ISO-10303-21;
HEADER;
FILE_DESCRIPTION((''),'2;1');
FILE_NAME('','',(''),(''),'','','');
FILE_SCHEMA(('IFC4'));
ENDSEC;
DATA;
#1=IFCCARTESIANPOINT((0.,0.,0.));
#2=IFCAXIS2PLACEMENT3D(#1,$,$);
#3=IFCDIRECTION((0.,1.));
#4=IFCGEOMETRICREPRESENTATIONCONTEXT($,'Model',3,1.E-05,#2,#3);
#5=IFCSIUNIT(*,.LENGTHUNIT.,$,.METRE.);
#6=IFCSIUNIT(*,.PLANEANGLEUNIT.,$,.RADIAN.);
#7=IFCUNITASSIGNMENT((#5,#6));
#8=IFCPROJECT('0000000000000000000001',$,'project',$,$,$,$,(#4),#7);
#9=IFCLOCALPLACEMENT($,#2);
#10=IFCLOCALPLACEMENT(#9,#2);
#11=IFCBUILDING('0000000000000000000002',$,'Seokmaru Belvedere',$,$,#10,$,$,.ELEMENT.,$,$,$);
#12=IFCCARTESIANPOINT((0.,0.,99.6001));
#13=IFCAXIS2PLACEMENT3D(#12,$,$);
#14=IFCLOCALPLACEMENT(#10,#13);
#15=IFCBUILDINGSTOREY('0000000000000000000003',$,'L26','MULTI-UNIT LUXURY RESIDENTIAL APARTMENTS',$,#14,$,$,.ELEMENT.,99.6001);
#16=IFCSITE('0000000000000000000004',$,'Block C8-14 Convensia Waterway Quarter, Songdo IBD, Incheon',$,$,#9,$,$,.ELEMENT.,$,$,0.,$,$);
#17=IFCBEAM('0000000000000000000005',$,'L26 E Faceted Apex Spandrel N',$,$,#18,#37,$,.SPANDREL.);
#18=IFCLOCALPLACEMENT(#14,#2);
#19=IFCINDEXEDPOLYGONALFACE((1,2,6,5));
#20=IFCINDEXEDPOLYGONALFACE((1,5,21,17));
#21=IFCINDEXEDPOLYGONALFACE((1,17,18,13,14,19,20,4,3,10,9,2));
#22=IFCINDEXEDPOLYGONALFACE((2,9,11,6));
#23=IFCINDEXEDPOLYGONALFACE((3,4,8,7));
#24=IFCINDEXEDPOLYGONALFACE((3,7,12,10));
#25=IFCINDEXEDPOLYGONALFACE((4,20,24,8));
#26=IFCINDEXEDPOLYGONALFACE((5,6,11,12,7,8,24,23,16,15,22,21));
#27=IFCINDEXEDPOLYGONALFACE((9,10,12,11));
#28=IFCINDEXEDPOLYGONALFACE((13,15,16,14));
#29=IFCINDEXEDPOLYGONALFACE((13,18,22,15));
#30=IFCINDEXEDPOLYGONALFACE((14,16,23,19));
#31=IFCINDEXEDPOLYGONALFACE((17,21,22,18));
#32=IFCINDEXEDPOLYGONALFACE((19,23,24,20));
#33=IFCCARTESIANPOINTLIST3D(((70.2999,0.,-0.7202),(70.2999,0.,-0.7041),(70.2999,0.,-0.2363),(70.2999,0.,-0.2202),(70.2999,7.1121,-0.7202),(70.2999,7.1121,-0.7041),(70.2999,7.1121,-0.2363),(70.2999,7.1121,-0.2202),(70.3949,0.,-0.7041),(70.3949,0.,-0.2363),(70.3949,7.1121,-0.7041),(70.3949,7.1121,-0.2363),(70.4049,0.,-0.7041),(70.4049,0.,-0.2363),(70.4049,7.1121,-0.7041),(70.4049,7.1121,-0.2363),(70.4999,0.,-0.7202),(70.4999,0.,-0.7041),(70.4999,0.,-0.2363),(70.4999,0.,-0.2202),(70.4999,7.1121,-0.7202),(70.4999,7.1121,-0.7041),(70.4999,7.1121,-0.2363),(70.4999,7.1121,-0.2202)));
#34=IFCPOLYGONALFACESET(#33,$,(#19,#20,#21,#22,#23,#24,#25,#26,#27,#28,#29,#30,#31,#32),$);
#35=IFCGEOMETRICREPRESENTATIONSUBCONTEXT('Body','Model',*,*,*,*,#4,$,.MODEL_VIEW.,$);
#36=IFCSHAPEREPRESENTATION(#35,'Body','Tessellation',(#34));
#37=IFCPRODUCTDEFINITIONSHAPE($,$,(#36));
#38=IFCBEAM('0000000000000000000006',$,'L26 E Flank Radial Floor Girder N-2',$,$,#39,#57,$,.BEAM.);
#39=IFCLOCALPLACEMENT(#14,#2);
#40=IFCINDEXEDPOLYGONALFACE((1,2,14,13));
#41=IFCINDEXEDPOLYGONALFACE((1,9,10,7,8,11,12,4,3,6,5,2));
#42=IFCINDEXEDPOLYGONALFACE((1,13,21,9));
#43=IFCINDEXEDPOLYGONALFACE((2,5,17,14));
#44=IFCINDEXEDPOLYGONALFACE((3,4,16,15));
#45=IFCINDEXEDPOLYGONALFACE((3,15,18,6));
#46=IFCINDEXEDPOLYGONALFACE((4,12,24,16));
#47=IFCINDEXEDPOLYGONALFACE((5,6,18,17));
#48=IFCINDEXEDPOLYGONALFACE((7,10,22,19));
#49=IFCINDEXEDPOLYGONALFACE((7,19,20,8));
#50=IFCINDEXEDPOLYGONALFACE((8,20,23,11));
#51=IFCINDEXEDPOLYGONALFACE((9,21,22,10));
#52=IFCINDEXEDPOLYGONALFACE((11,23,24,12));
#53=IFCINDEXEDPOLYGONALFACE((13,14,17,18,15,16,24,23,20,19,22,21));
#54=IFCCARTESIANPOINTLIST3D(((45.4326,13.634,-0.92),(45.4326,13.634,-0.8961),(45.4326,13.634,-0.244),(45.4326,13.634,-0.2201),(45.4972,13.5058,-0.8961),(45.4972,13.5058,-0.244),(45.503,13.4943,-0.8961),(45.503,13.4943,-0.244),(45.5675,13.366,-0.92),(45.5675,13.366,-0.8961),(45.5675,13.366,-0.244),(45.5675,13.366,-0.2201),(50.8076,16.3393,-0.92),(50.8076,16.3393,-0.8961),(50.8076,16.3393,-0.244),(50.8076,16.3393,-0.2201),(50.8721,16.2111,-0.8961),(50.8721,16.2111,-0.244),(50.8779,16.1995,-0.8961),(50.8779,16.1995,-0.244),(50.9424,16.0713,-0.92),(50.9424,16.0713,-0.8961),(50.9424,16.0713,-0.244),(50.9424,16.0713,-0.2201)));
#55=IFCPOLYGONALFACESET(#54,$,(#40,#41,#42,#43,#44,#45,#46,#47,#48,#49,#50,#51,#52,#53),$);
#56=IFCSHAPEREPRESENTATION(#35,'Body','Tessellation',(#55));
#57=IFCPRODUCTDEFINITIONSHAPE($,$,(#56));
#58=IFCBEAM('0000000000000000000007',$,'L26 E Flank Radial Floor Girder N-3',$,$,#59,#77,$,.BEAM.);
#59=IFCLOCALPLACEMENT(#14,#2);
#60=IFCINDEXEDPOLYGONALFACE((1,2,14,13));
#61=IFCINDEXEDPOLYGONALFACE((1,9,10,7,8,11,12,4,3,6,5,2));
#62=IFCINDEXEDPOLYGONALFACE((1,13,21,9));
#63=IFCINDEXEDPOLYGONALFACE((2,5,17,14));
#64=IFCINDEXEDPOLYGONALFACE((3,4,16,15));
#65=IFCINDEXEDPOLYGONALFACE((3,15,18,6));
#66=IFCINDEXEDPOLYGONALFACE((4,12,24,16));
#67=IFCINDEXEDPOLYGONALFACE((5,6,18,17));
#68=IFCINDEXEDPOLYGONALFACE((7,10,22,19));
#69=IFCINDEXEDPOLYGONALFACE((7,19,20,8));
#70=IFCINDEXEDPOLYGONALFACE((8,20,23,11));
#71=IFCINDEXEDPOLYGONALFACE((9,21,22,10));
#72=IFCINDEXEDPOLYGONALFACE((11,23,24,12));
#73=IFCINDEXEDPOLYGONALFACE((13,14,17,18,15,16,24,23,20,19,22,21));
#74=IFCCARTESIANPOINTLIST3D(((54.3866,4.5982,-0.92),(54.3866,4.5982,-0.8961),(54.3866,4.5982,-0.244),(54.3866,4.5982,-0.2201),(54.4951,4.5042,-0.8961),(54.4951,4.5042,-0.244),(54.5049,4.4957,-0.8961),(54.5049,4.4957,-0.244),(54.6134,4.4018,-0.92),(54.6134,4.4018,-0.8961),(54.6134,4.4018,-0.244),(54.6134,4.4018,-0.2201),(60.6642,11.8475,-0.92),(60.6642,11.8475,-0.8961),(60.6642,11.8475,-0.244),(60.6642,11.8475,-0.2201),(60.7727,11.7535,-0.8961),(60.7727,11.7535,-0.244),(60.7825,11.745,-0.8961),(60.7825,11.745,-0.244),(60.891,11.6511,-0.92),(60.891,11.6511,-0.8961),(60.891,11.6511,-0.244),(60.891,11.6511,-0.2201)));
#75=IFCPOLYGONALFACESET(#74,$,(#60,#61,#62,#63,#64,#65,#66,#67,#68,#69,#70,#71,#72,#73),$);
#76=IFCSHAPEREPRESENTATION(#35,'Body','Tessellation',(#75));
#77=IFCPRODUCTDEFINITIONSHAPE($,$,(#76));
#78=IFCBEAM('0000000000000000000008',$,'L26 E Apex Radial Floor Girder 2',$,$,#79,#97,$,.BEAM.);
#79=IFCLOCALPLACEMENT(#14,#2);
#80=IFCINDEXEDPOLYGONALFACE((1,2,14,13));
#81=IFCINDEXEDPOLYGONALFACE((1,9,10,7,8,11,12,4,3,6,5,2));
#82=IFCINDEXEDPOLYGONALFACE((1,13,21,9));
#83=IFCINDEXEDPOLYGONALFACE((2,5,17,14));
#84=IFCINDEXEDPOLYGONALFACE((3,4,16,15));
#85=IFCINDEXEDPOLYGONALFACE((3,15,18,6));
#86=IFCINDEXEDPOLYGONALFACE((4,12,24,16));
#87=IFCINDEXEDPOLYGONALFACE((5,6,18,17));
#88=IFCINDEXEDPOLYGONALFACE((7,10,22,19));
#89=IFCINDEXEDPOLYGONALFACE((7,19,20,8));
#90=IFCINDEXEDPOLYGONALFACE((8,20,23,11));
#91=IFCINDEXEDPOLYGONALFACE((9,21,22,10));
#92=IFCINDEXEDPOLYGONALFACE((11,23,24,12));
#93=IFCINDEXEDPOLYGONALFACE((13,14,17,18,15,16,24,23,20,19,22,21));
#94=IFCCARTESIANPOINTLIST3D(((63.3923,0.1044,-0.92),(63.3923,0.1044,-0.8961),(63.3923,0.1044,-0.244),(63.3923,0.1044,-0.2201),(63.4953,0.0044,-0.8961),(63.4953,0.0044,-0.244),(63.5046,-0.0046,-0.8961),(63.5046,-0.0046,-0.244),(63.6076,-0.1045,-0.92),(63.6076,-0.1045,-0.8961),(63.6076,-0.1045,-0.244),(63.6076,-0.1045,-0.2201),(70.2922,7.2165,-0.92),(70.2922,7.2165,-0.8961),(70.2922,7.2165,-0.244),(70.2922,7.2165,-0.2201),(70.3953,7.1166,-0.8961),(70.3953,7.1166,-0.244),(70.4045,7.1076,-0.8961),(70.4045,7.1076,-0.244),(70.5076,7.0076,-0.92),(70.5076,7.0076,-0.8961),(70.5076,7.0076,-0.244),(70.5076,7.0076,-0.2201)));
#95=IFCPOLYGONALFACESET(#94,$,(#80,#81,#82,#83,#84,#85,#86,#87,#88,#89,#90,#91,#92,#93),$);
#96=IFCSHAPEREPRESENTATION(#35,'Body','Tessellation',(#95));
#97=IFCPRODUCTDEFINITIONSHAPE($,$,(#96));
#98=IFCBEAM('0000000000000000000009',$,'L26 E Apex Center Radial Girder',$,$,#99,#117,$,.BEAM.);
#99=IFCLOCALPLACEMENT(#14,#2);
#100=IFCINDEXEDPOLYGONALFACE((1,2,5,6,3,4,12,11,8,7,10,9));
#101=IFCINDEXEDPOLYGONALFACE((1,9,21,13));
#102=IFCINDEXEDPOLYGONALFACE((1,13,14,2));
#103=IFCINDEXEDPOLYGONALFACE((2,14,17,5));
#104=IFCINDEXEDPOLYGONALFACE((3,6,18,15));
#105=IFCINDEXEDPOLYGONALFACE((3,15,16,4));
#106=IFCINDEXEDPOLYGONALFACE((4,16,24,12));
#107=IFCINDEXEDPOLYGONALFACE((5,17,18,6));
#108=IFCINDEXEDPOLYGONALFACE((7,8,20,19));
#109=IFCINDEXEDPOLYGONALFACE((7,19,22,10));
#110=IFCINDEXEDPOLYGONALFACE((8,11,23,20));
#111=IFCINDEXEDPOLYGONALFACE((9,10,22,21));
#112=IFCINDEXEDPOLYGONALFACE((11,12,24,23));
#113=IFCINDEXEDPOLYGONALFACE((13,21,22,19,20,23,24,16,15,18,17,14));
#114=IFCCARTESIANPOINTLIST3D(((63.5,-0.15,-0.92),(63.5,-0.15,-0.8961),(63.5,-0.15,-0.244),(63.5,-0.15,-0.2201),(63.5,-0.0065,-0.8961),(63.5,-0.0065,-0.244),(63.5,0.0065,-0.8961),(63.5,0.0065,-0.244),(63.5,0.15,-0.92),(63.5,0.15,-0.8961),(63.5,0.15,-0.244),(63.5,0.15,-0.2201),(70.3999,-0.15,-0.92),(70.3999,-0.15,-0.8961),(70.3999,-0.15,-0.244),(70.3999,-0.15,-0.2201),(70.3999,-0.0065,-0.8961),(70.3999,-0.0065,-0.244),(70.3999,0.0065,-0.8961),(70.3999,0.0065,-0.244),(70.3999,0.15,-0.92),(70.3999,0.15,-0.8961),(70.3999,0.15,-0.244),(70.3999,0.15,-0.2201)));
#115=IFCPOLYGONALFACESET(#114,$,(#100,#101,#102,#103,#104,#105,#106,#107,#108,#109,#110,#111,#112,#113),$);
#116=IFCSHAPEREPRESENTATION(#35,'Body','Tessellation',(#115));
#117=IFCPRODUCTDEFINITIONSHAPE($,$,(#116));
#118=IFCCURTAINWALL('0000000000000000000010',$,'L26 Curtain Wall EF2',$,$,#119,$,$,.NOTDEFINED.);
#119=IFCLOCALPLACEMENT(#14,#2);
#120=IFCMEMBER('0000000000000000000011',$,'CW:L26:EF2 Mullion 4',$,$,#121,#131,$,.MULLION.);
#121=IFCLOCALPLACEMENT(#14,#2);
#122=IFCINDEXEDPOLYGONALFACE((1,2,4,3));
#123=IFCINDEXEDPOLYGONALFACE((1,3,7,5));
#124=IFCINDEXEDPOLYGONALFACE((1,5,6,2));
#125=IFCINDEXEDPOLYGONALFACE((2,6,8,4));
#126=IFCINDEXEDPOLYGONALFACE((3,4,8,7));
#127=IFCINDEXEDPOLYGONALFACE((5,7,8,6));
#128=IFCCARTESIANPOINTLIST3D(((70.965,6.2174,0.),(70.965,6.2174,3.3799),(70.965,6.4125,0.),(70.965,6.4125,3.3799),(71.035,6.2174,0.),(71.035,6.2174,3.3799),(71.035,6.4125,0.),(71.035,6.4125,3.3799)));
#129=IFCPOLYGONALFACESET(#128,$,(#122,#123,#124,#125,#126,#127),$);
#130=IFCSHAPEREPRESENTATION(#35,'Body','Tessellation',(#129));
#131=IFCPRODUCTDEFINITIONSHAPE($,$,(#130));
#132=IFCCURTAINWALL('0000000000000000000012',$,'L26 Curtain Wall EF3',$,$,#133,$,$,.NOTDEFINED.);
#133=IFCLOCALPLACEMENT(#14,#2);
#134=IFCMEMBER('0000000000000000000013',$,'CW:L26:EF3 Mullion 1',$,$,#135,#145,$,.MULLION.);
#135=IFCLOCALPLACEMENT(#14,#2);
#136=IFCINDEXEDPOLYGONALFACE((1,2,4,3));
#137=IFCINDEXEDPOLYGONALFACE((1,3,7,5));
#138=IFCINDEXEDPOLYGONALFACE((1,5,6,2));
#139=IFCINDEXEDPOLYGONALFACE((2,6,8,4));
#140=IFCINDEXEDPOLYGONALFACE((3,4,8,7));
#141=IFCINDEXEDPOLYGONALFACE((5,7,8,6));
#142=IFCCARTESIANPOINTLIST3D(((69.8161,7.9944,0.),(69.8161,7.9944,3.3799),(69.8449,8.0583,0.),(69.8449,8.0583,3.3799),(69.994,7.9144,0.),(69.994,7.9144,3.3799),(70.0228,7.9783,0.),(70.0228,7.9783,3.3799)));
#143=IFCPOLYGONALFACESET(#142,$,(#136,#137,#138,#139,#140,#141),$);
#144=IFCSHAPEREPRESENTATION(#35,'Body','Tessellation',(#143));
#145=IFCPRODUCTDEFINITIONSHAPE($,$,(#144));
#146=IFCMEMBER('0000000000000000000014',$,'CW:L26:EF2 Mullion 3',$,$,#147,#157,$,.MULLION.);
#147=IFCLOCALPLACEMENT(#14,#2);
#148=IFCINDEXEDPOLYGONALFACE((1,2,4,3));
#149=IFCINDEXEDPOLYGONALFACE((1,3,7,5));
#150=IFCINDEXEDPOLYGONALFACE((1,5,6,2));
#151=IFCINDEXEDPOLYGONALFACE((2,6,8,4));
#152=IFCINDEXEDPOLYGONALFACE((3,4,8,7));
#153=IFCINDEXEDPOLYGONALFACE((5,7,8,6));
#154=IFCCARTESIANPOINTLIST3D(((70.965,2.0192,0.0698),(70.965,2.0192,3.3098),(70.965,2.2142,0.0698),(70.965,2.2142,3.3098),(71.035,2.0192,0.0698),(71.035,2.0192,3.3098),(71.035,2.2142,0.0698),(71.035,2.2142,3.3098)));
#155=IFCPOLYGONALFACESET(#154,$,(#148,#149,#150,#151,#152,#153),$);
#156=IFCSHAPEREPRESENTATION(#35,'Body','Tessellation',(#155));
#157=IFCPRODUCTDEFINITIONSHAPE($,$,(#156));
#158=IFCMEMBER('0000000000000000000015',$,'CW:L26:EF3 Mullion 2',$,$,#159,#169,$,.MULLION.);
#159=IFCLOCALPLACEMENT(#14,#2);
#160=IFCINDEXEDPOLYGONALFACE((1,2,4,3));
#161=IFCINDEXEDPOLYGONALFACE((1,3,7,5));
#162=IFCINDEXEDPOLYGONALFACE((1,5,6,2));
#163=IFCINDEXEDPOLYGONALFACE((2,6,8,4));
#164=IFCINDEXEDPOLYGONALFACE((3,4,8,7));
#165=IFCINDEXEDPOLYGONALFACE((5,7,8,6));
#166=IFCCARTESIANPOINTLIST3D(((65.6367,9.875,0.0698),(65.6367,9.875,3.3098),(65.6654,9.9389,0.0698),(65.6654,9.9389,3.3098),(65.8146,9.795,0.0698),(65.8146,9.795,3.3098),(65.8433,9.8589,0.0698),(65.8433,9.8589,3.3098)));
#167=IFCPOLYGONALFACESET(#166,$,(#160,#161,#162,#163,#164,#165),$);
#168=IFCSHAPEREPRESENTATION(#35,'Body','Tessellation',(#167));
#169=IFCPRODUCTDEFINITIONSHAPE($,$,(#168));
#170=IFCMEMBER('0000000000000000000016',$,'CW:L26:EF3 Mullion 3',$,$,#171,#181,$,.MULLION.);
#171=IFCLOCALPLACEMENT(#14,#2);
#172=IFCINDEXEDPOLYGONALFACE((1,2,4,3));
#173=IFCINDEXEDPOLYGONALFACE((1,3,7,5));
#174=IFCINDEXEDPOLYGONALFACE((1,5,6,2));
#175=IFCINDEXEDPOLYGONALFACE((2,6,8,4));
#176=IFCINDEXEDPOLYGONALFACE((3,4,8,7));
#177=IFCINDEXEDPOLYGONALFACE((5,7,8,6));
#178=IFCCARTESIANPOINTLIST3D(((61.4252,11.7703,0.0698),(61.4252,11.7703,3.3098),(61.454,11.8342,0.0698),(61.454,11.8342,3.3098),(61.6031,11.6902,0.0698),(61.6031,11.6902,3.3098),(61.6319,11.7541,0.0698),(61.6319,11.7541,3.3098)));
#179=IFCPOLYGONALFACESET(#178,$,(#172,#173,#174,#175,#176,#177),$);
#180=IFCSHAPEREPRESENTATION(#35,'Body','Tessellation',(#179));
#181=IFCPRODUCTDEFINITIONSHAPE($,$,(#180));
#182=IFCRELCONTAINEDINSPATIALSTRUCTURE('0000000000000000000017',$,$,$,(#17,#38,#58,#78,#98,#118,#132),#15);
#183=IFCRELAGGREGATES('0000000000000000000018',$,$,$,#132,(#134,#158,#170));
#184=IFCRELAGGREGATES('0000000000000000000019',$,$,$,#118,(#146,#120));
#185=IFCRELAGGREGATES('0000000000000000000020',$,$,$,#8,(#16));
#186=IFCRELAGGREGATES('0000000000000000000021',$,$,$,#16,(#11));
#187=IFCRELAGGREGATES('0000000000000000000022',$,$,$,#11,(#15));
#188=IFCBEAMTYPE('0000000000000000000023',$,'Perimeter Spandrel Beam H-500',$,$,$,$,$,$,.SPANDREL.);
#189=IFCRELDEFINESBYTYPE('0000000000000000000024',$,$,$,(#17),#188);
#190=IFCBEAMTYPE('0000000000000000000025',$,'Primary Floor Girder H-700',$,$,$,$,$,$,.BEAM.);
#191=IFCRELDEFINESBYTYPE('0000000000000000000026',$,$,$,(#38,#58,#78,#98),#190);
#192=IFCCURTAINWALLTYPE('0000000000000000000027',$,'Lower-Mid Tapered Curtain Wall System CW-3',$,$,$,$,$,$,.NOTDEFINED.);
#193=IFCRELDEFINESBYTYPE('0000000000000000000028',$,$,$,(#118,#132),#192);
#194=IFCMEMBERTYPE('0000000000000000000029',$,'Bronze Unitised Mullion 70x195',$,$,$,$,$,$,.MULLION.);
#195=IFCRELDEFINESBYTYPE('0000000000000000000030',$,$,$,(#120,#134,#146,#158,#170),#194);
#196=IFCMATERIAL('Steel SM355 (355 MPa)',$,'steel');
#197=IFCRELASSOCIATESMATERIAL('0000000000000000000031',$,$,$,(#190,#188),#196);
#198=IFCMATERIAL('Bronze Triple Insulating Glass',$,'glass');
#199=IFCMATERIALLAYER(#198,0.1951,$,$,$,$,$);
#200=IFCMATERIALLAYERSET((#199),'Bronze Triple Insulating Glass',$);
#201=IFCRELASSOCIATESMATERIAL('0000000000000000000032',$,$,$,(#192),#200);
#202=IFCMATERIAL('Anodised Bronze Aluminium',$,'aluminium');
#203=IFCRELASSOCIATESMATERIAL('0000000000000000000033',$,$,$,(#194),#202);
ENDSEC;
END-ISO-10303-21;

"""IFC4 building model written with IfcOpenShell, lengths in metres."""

from ifc_helpers import new_model, si_unit, direction, frame, origin, origin_2d, place, context, subcontext, project, spatial, rectangle, i_section, extrude, source, transform, mapped, material, layer, layer_set, material_profile, profile_set, type_object, type_shapes, element, aggregate, save


model = new_model("IFC4")

# Units and contexts
model_context = context("Model", 3, precision=1e-05, world=origin(), true_north=direction((0.0, 1.0)))
body_context = subcontext(model_context, "Body", "Model", "MODEL_VIEW")
ifc_project = project(units=[si_unit("LENGTHUNIT", "METRE"), si_unit("PLANEANGLEUNIT", "RADIAN")], contexts=[model_context])

# Site, building, storey
site_placement = place(None, origin())
site = spatial("IfcSite", under=ifc_project, at=site_placement, Name="Block C8-14 Convensia Waterway Quarter, Songdo IBD, Incheon", CompositionType="ELEMENT", RefElevation=0.0)
building_placement = place(site_placement, origin())
building = spatial("IfcBuilding", under=site, at=building_placement, Name="Seokmaru Belvedere", CompositionType="ELEMENT")
storey_placement = place(building_placement, frame((0.0, 0.0, 99.6001)))
storey = spatial("IfcBuildingStorey", under=building, at=storey_placement, Name="L26", Description="MULTI-UNIT LUXURY RESIDENTIAL APARTMENTS", CompositionType="ELEMENT", Elevation=99.6001)

# Shared definitions
ifc_material_1 = material(Name="Steel SM355 (355 MPa)", Category="steel")

# Beams
ifc_material_profile_1 = material_profile(ifc_material_1, i_section(OverallWidth=0.3, OverallDepth=0.7, WebThickness=0.0129, FlangeThickness=0.0239, at=origin_2d()), Name="H-700x300x13x24")
ifc_profile_set_1 = profile_set([ifc_material_profile_1], Name="Steel SM355 (355 MPa)")
beam_type_1 = type_object("IfcBeamType", Name="Primary Floor Girder H-700", PredefinedType="BEAM", material=ifc_profile_set_1)
ifc_material_profile_2 = material_profile(ifc_material_1, i_section(OverallWidth=0.2, OverallDepth=0.5, WebThickness=0.01, FlangeThickness=0.0161, at=origin_2d()), Name="H-500x200x10x16")
ifc_profile_set_2 = profile_set([ifc_material_profile_2], Name="Steel SM355 (355 MPa)")
beam_type_2 = type_object("IfcBeamType", Name="Perimeter Spandrel Beam H-500", PredefinedType="SPANDREL", material=ifc_profile_set_2)
shared_shape_1 = source(origin(), body_context, "Body", "SweptSolid", [
    extrude(i_section(OverallWidth=0.2, OverallDepth=0.5, WebThickness=0.01, FlangeThickness=0.0161, at=origin_2d()), origin(), (0.0, 0.0, 1.0), 7.1121),
])
beam_1_placement = place(storey_placement, frame((70.3999, 0.0, -0.4702), z_axis=(0.0, 1.0, 0.0), x_axis=(-1.0, 0.0, 0.0)))
element("IfcBeam", 1, at=beam_1_placement, inside=storey, type_object=beam_type_2, Name="L26 E Faceted Apex Spandrel N", PredefinedType="SPANDREL", context=body_context, shape_type="MappedRepresentation", body=[
    mapped(shared_shape_1, transform((0.0, 0.0, 0.0), scale=1.0)),
])
shared_shape_2 = source(origin(), body_context, "Body", "SweptSolid", [
    extrude(i_section(OverallWidth=0.3, OverallDepth=0.7, WebThickness=0.0129, FlangeThickness=0.0239, at=origin_2d()), origin(), (0.0, 0.0, 1.0), 6.0173),
])
beam_2_placement = place(storey_placement, frame((50.875, 16.2053, -0.5701), z_axis=(-0.893239, -0.449581, 0.0), x_axis=(0.449581, -0.893239, 0.0)))
element("IfcBeam", 2, at=beam_2_placement, inside=storey, type_object=beam_type_1, Name="L26 E Flank Radial Floor Girder N-2", PredefinedType="BEAM", context=body_context, shape_type="MappedRepresentation", body=[
    mapped(shared_shape_2, transform((0.0, 0.0, 0.0), scale=1.0)),
])
shared_shape_3 = source(origin(), body_context, "Body", "SweptSolid", [
    extrude(i_section(OverallWidth=0.3, OverallDepth=0.7, WebThickness=0.0129, FlangeThickness=0.0239, at=origin_2d()), origin(), (0.0, 0.0, 1.0), 9.5896),
])
beam_3_placement = place(storey_placement, frame((60.7776, 11.7493, -0.5701), z_axis=(-0.654626, -0.755953, 0.0), x_axis=(0.755953, -0.654626, 0.0)))
element("IfcBeam", 3, at=beam_3_placement, inside=storey, type_object=beam_type_1, Name="L26 E Flank Radial Floor Girder N-3", PredefinedType="BEAM", context=body_context, shape_type="MappedRepresentation", body=[
    mapped(shared_shape_3, transform((0.0, 0.0, 0.0), scale=1.0)),
])
shared_shape_4 = source(origin(), body_context, "Body", "SweptSolid", [
    extrude(i_section(OverallWidth=0.3, OverallDepth=0.7, WebThickness=0.0129, FlangeThickness=0.0239, at=origin_2d()), origin(), (0.0, 0.0, 1.0), 9.9092),
])
beam_4_placement = place(storey_placement, frame((70.3999, 7.1121, -0.5701), z_axis=(-0.696321, -0.717731, 0.0), x_axis=(0.717731, -0.696321, 0.0)))
element("IfcBeam", 4, at=beam_4_placement, inside=storey, type_object=beam_type_1, Name="L26 E Apex Radial Floor Girder 2", PredefinedType="BEAM", context=body_context, shape_type="MappedRepresentation", body=[
    mapped(shared_shape_4, transform((0.0, 0.0, 0.0), scale=1.0)),
])
shared_shape_5 = source(origin(), body_context, "Body", "SweptSolid", [
    extrude(i_section(OverallWidth=0.3, OverallDepth=0.7, WebThickness=0.0129, FlangeThickness=0.0239, at=origin_2d()), origin(), (0.0, 0.0, 1.0), 6.8999),
])
beam_5_placement = place(storey_placement, frame((70.3999, 0.0, -0.5701), z_axis=(-1.0, 0.0, 0.0), x_axis=(0.0, -1.0, 0.0)))
element("IfcBeam", 5, at=beam_5_placement, inside=storey, type_object=beam_type_1, Name="L26 E Apex Center Radial Girder", PredefinedType="BEAM", context=body_context, shape_type="MappedRepresentation", body=[
    mapped(shared_shape_5, transform((0.0, 0.0, 0.0), scale=1.0)),
])

# Curtain walls, members
ifc_material_2 = material(Name="Bronze Triple Insulating Glass", Category="glass")
ifc_layer_1 = layer(ifc_material_2, 0.1951)
ifc_layer_set_1 = layer_set([ifc_layer_1], Name="Bronze Triple Insulating Glass")
curtain_wall_type = type_object("IfcCurtainWallType", Name="Lower-Mid Tapered Curtain Wall System CW-3", PredefinedType="NOTDEFINED", material=ifc_layer_set_1)
curtain_wall_1_placement = place(storey_placement, origin())
curtain_wall_1 = element("IfcCurtainWall", 6, at=curtain_wall_1_placement, inside=storey, type_object=curtain_wall_type, Name="L26 Curtain Wall EF2", PredefinedType="NOTDEFINED")
ifc_material_3 = material(Name="Anodised Bronze Aluminium", Category="aluminium")
ifc_material_profile_3 = material_profile(ifc_material_3, rectangle(XDim=0.0701, YDim=0.1951, at=origin_2d()), Name="CW-M-70x195")
ifc_profile_set_3 = profile_set([ifc_material_profile_3], Name="Anodised Bronze Aluminium")
member_type_1 = type_object("IfcMemberType", Name="Bronze Unitised Mullion 70x195", PredefinedType="MULLION", material=ifc_profile_set_3)
shared_shape_6 = source(origin(), body_context, "Body", "SweptSolid", [
    extrude(rectangle(XDim=0.0701, YDim=0.1951, at=origin_2d()), origin(), (0.0, 0.0, 1.0), 3.3799),
])
member_1_placement = place(storey_placement, frame((71.0, 6.3149, 0.0), z_axis=(0.0, 0.0, 1.0), x_axis=(-1.0, 0.0, 0.0)))
member_1 = element("IfcMember", 7, at=member_1_placement, type_object=member_type_1, Name="CW:L26:EF2 Mullion 4", PredefinedType="MULLION", context=body_context, shape_type="MappedRepresentation", body=[
    mapped(shared_shape_6, transform((0.0, 0.0, 0.0), scale=1.0)),
])
curtain_wall_2_placement = place(storey_placement, origin())
curtain_wall_2 = element("IfcCurtainWall", 8, at=curtain_wall_2_placement, inside=storey, type_object=curtain_wall_type, Name="L26 Curtain Wall EF3", PredefinedType="NOTDEFINED")
member_2_placement = place(storey_placement, frame((69.9194, 7.9863, 0.0), z_axis=(0.0, 0.0, 1.0), x_axis=(-0.410366, -0.911921, 0.0)))
member_2 = element("IfcMember", 9, at=member_2_placement, type_object=member_type_1, Name="CW:L26:EF3 Mullion 1", PredefinedType="MULLION", context=body_context, shape_type="MappedRepresentation", body=[
    mapped(shared_shape_6, transform((0.0, 0.0, 0.0), scale=1.0)),
])

# Members
shared_shape_7 = source(origin(), body_context, "Body", "SweptSolid", [
    extrude(rectangle(XDim=0.0701, YDim=0.1951, at=origin_2d()), origin(), (0.0, 0.0, 1.0), 3.24),
])
type_shapes(member_type_1, [shared_shape_6, shared_shape_7])
member_3_placement = place(storey_placement, frame((71.0, 2.1167, 0.0698), z_axis=(0.0, 0.0, 1.0), x_axis=(-1.0, 0.0, 0.0)))
member_3 = element("IfcMember", 10, at=member_3_placement, type_object=member_type_1, Name="CW:L26:EF2 Mullion 3", PredefinedType="MULLION", context=body_context, shape_type="MappedRepresentation", body=[
    mapped(shared_shape_7, transform((0.0, 0.0, 0.0), scale=1.0)),
])
member_4_placement = place(storey_placement, frame((65.74, 9.8669, 0.0698), z_axis=(0.0, 0.0, 1.0), x_axis=(-0.410366, -0.911921, 0.0)))
member_4 = element("IfcMember", 11, at=member_4_placement, type_object=member_type_1, Name="CW:L26:EF3 Mullion 2", PredefinedType="MULLION", context=body_context, shape_type="MappedRepresentation", body=[
    mapped(shared_shape_7, transform((0.0, 0.0, 0.0), scale=1.0)),
])
member_5_placement = place(storey_placement, frame((61.5286, 11.7622, 0.0698), z_axis=(0.0, 0.0, 1.0), x_axis=(-0.410366, -0.911921, 0.0)))
member_5 = element("IfcMember", 12, at=member_5_placement, type_object=member_type_1, Name="CW:L26:EF3 Mullion 3", PredefinedType="MULLION", context=body_context, shape_type="MappedRepresentation", body=[
    mapped(shared_shape_7, transform((0.0, 0.0, 0.0), scale=1.0)),
])

aggregate(curtain_wall_2, [member_2, member_4, member_5])
aggregate(curtain_wall_1, [member_3, member_1])

save(model, "model.ifc")
